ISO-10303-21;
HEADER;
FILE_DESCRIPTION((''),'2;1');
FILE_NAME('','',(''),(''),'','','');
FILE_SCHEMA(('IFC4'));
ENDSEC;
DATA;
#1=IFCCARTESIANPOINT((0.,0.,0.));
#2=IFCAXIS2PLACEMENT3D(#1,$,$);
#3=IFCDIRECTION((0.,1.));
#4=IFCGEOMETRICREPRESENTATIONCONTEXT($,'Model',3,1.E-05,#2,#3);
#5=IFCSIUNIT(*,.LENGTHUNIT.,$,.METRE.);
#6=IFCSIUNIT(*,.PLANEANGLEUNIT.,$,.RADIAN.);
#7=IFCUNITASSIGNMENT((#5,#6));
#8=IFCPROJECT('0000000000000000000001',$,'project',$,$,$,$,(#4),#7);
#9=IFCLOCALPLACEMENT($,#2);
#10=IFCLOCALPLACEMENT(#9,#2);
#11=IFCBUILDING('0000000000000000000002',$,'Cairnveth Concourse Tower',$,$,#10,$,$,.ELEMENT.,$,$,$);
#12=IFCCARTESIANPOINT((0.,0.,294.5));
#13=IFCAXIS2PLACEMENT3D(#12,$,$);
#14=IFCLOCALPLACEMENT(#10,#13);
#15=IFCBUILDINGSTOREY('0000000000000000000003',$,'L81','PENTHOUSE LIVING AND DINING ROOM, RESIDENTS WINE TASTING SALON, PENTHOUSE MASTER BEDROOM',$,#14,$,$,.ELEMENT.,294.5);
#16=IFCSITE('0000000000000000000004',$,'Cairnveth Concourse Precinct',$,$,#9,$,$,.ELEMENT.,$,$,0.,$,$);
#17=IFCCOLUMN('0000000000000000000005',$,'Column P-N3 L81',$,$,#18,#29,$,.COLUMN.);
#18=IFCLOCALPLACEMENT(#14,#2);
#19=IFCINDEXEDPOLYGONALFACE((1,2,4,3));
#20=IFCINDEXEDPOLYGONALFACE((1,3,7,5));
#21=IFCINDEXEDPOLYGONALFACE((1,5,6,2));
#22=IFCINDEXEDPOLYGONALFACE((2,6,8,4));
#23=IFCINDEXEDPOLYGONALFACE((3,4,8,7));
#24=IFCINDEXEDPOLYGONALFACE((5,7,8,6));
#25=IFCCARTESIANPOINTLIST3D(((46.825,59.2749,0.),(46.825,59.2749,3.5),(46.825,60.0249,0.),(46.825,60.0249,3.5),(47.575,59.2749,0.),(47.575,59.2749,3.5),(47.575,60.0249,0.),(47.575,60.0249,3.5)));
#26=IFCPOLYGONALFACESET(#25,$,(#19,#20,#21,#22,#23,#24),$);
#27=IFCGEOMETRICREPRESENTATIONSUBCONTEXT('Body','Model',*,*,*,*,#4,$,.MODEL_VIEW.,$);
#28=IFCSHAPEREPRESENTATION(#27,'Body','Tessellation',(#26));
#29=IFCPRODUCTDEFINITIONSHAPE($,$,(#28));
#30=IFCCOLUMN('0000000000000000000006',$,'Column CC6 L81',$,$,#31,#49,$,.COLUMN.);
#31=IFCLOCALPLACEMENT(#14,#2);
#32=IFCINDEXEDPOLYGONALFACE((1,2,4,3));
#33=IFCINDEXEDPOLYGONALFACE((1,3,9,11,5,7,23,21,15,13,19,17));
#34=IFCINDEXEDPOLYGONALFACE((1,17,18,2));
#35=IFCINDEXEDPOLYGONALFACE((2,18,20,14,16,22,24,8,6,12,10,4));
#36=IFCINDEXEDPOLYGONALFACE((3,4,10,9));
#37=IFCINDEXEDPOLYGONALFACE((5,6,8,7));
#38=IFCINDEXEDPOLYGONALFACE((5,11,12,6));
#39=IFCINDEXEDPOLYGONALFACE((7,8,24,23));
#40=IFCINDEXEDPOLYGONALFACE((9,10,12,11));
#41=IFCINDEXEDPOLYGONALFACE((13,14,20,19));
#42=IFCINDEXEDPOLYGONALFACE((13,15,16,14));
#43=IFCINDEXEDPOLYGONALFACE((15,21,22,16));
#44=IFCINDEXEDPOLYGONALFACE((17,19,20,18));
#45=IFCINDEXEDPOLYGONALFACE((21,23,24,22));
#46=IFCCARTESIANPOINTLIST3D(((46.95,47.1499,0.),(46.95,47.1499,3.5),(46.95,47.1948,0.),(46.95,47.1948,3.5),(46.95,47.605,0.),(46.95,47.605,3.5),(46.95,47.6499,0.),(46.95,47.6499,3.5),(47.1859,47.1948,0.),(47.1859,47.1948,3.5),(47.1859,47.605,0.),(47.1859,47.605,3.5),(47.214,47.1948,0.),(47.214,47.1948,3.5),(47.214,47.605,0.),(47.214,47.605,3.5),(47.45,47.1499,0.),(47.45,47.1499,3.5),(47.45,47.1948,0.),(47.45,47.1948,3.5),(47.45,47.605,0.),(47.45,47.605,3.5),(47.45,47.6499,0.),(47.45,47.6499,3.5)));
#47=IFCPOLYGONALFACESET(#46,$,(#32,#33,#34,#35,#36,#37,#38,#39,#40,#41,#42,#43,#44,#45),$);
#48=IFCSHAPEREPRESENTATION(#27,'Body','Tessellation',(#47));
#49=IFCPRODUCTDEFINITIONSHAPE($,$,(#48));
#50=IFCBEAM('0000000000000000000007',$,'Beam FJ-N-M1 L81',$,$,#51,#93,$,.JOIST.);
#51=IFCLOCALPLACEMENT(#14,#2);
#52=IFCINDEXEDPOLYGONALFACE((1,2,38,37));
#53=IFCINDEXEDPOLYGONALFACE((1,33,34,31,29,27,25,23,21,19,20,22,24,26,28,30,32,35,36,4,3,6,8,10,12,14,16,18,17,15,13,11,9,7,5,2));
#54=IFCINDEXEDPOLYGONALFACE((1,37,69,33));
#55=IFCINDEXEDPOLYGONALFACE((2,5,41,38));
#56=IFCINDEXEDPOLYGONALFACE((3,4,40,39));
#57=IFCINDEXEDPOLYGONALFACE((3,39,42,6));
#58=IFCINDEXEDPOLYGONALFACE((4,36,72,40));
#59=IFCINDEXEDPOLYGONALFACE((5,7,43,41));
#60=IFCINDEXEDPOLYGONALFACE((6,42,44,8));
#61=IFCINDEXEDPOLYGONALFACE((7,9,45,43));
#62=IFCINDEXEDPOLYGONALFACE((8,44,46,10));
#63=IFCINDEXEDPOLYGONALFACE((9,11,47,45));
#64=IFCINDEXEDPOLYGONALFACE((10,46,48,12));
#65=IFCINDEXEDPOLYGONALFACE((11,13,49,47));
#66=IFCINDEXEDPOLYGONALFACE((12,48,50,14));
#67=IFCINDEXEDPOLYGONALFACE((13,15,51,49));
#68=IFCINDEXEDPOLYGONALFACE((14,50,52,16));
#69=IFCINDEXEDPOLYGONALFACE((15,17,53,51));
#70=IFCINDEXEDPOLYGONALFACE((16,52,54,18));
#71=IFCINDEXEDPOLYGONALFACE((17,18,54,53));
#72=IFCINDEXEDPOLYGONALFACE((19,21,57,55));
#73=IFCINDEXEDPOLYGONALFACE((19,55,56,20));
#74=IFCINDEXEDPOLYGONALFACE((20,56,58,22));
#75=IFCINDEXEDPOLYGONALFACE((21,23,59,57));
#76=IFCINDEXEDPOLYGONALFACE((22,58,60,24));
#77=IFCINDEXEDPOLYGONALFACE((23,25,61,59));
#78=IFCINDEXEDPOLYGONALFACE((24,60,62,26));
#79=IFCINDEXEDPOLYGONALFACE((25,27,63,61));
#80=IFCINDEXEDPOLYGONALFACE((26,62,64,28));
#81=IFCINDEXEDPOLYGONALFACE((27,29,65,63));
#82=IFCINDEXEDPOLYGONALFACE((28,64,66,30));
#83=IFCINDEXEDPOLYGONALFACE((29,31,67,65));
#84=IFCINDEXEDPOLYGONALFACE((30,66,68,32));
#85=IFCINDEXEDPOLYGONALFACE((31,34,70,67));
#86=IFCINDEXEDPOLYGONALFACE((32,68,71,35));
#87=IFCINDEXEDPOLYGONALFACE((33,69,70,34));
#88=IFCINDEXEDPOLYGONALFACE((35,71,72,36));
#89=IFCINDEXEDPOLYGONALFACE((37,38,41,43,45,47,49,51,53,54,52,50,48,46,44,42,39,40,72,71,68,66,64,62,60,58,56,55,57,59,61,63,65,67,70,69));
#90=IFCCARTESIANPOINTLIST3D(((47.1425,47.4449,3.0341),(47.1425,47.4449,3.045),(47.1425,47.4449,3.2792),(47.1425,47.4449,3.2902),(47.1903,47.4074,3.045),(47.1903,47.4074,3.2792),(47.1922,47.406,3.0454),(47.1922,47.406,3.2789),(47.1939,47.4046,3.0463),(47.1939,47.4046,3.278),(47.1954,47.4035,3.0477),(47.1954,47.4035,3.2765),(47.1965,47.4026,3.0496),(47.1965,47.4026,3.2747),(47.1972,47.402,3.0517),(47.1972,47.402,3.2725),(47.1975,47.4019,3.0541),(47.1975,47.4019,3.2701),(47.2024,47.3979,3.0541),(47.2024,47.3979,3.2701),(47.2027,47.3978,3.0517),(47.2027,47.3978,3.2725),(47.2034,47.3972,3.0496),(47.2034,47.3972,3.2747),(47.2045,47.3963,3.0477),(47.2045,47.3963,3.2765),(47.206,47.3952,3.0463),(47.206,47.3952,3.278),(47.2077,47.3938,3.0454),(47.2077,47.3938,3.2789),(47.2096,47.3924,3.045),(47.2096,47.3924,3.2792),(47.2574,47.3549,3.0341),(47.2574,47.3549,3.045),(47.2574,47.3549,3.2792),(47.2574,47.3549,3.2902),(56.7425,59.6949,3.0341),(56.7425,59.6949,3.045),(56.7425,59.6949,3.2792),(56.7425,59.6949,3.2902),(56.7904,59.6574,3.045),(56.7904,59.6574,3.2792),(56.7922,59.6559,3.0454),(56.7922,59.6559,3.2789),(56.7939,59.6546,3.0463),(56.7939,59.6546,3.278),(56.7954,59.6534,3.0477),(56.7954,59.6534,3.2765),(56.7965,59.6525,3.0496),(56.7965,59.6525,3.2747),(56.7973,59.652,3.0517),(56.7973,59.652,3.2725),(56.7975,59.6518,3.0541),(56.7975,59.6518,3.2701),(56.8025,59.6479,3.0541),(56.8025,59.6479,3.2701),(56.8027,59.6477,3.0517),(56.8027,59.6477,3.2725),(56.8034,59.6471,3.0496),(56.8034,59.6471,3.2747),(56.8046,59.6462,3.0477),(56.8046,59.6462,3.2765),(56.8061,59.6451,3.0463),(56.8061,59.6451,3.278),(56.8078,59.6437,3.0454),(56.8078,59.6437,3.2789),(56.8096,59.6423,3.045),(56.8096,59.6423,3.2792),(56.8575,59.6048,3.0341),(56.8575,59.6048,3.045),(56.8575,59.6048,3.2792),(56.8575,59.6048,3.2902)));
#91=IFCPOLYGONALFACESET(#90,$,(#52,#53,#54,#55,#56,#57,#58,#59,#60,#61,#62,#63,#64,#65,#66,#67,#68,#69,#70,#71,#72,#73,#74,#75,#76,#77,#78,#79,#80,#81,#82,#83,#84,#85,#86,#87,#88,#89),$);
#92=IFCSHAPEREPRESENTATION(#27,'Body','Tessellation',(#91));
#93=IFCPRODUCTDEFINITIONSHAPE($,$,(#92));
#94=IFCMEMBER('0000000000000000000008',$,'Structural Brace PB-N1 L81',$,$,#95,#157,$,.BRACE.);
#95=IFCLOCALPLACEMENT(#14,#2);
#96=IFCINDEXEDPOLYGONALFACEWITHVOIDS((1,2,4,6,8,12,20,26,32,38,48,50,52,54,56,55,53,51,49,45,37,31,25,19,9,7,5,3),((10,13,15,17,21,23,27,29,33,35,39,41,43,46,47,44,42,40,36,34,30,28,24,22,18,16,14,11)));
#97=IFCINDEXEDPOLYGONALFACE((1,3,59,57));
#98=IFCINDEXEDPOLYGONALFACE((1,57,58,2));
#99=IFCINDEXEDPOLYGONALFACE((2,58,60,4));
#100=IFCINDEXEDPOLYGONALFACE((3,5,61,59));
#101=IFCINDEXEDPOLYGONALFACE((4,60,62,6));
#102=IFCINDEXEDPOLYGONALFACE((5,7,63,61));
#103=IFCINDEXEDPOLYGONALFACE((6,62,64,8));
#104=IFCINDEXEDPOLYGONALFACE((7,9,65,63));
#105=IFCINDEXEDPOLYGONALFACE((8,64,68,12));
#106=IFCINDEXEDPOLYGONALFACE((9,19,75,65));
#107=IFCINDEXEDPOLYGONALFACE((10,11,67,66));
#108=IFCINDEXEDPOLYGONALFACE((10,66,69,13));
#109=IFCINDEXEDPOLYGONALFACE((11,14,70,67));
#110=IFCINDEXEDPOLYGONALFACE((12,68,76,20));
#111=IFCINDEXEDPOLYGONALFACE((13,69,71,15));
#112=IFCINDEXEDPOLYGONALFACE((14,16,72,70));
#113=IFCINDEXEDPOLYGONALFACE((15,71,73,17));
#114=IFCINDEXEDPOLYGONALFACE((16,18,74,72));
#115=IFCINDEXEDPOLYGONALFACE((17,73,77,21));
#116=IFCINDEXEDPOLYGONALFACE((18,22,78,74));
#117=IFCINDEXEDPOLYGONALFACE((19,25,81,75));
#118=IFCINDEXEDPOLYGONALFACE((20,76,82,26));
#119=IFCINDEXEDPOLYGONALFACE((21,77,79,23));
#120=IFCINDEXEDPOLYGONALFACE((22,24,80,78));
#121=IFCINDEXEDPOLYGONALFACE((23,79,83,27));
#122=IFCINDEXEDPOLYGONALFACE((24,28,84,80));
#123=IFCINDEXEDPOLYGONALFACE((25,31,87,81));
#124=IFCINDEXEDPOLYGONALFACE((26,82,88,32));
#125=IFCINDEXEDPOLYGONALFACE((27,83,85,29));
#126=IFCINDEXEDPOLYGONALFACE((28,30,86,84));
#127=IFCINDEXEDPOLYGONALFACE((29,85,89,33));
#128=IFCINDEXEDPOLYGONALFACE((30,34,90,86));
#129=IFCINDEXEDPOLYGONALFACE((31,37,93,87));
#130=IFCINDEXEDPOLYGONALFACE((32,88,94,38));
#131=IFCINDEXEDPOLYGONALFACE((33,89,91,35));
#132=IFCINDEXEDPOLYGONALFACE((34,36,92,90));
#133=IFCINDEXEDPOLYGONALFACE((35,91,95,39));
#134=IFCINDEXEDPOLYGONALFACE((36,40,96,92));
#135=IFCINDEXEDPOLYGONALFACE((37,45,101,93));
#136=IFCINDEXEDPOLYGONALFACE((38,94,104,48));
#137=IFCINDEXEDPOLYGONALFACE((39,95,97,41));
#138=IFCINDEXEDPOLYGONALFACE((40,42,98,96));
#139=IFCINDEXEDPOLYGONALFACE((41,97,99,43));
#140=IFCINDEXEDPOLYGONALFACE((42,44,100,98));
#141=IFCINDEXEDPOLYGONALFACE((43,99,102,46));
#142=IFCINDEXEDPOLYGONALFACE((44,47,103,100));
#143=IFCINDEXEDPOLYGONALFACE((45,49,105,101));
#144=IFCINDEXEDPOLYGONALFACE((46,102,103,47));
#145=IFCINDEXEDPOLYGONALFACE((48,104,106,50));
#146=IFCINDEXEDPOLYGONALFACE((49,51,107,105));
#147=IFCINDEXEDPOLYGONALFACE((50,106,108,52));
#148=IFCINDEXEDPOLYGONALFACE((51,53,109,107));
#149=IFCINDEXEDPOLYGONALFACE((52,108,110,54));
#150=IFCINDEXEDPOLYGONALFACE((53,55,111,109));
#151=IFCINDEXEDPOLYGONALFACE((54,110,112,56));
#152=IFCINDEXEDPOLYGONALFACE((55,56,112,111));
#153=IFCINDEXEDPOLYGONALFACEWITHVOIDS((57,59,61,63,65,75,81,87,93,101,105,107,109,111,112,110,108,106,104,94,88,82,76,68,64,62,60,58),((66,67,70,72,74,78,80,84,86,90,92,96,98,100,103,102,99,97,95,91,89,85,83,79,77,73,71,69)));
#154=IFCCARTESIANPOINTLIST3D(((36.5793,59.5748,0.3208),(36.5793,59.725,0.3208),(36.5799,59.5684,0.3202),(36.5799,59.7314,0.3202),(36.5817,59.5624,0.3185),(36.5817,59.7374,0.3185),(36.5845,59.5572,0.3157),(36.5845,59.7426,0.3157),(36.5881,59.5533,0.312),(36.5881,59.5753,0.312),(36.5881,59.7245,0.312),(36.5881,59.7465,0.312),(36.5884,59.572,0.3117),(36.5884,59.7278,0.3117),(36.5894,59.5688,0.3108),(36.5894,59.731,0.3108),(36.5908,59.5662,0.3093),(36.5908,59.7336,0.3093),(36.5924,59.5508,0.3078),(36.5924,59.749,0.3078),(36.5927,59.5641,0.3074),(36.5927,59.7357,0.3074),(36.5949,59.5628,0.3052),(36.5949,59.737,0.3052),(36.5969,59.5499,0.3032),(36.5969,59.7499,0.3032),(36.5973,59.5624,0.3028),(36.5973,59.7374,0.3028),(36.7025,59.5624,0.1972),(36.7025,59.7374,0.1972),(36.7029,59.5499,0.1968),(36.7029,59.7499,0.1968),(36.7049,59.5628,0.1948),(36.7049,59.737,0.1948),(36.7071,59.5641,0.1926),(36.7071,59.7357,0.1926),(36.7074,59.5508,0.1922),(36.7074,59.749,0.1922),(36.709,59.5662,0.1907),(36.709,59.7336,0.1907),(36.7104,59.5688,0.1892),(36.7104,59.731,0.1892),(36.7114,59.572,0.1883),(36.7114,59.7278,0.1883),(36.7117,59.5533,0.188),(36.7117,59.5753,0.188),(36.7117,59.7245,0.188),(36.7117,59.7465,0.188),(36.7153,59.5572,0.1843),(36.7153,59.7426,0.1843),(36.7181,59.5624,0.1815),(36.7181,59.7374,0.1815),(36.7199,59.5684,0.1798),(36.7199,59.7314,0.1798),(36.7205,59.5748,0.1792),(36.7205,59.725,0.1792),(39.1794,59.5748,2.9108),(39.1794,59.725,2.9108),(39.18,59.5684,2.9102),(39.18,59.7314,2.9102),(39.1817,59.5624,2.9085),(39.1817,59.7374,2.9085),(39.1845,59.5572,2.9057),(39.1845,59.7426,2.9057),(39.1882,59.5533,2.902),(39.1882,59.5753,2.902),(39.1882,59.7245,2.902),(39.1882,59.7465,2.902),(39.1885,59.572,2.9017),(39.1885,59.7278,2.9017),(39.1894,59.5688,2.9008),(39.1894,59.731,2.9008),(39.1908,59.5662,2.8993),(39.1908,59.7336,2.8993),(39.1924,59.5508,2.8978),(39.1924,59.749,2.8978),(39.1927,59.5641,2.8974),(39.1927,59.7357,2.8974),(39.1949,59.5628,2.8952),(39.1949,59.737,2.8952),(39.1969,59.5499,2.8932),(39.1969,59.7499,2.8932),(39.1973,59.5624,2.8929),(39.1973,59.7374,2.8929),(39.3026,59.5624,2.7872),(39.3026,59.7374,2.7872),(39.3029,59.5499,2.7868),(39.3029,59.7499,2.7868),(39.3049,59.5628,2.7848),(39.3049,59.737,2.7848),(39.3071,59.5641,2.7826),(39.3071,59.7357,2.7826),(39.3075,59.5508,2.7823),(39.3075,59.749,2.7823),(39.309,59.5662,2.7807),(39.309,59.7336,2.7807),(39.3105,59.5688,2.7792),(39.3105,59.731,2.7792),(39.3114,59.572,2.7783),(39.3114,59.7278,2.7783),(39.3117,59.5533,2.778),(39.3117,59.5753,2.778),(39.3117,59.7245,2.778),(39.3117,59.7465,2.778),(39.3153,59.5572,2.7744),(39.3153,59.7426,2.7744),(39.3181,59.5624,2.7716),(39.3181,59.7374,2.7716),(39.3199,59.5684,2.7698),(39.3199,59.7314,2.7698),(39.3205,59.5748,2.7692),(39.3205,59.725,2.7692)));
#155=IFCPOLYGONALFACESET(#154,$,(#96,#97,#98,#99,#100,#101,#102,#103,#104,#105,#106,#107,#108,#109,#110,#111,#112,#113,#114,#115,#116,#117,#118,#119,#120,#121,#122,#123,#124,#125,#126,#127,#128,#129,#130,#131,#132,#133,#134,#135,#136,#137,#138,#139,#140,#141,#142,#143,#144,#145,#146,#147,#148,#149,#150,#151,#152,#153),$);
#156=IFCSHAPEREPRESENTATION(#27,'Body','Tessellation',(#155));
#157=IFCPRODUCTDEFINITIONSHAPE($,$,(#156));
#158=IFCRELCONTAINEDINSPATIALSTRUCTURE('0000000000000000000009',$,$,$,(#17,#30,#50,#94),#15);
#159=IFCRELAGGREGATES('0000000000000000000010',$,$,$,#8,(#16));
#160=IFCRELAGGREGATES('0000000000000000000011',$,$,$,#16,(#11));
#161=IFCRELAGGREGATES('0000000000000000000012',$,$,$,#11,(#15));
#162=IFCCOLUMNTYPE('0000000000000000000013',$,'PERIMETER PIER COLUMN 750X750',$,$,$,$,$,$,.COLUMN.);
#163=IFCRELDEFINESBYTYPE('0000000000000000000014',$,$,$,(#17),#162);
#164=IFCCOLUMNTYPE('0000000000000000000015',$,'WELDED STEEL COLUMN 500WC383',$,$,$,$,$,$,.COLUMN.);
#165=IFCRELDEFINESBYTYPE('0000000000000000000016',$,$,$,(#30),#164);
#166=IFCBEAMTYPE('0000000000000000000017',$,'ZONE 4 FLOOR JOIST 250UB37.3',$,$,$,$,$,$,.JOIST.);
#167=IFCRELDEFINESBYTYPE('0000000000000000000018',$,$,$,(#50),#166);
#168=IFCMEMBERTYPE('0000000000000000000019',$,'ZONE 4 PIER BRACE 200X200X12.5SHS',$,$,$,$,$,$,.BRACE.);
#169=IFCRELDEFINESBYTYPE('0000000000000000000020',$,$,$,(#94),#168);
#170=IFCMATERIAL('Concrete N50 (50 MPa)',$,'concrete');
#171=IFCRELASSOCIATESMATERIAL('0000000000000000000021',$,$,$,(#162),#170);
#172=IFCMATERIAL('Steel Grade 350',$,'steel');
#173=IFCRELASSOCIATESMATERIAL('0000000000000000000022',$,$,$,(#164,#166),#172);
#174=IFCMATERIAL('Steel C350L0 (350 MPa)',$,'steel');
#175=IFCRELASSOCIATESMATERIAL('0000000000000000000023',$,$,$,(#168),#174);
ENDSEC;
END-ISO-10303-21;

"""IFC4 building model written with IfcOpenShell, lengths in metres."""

from ifc_helpers import new_model, si_unit, direction, frame, origin, origin_2d, place, context, subcontext, project, spatial, rectangle, hollow_rectangle, i_section, extrude, material, material_profile, profile_set, type_object, element, save


model = new_model("IFC4")

# Units and contexts
model_context = context("Model", 3, precision=1e-05, world=origin(), true_north=direction((0.0, 1.0)))
body_context = subcontext(model_context, "Body", "Model", "MODEL_VIEW")
ifc_project = project(units=[si_unit("LENGTHUNIT", "METRE"), si_unit("PLANEANGLEUNIT", "RADIAN")], contexts=[model_context])

# Site, building, storey
site_placement = place(None, origin())
site = spatial("IfcSite", under=ifc_project, at=site_placement, Name="Cairnveth Concourse Precinct", CompositionType="ELEMENT", RefElevation=0.0)
building_placement = place(site_placement, origin())
building = spatial("IfcBuilding", under=site, at=building_placement, Name="Cairnveth Concourse Tower", CompositionType="ELEMENT")
storey_placement = place(building_placement, frame((0.0, 0.0, 294.5)))
storey = spatial("IfcBuildingStorey", under=building, at=storey_placement, Name="L81", Description="PENTHOUSE LIVING AND DINING ROOM, RESIDENTS WINE TASTING SALON, PENTHOUSE MASTER BEDROOM", CompositionType="ELEMENT", Elevation=294.5)

# Columns
ifc_material_1 = material(Name="Concrete N50 (50 MPa)", Category="concrete")
ifc_material_profile_1 = material_profile(ifc_material_1, rectangle(XDim=0.75, YDim=0.75, at=origin_2d()), Name="RC-COL-750x750")
ifc_profile_set_1 = profile_set([ifc_material_profile_1], Name="Concrete N50 (50 MPa)")
column_type_1 = type_object("IfcColumnType", Name="PERIMETER PIER COLUMN 750X750", PredefinedType="COLUMN", material=ifc_profile_set_1)
column_1_placement = place(storey_placement, frame((47.2, 59.6499, 0.0), z_axis=(0.0, 0.0, 1.0), x_axis=(1.0, 0.0, 0.0)))
element("IfcColumn", 1, at=column_1_placement, inside=storey, type_object=column_type_1, Name="Column P-N3 L81", PredefinedType="COLUMN", context=body_context, shape_type="SweptSolid", body=[
    extrude(rectangle(XDim=0.75, YDim=0.75, at=origin_2d()), origin(), (0.0, 0.0, 1.0), 3.5),
])
ifc_material_2 = material(Name="Steel Grade 350", Category="steel")
ifc_material_profile_2 = material_profile(ifc_material_2, i_section(OverallWidth=0.5, OverallDepth=0.5, WebThickness=0.0281, FlangeThickness=0.0449, at=origin_2d()), Name="500WC383")
ifc_profile_set_2 = profile_set([ifc_material_profile_2], Name="Steel Grade 350")
column_type_2 = type_object("IfcColumnType", Name="WELDED STEEL COLUMN 500WC383", PredefinedType="COLUMN", material=ifc_profile_set_2)
column_2_placement = place(storey_placement, frame((47.2, 47.3999, 0.0), z_axis=(0.0, 0.0, 1.0), x_axis=(1.0, 0.0, 0.0)))
element("IfcColumn", 2, at=column_2_placement, inside=storey, type_object=column_type_2, Name="Column CC6 L81", PredefinedType="COLUMN", context=body_context, shape_type="SweptSolid", body=[
    extrude(i_section(OverallWidth=0.5, OverallDepth=0.5, WebThickness=0.0281, FlangeThickness=0.0449, at=origin_2d()), origin(), (0.0, 0.0, 1.0), 3.5),
])

# Beam
ifc_material_profile_3 = material_profile(ifc_material_2, i_section(OverallWidth=0.146, OverallDepth=0.2561, WebThickness=0.0063, FlangeThickness=0.011, FilletRadius=0.009, at=origin_2d()), Name="250UB37.3")
ifc_profile_set_3 = profile_set([ifc_material_profile_3], Name="Steel Grade 350")
beam_type_1 = type_object("IfcBeamType", Name="ZONE 4 FLOOR JOIST 250UB37.3", PredefinedType="JOIST", material=ifc_profile_set_3)
beam_1_placement = place(storey_placement, frame((47.2, 47.3999, 3.1621), z_axis=(0.616832, 0.787095, 0.0), x_axis=(-0.787095, 0.616832, 0.0)))
element("IfcBeam", 3, at=beam_1_placement, inside=storey, type_object=beam_type_1, Name="Beam FJ-N-M1 L81", PredefinedType="JOIST", context=body_context, shape_type="SweptSolid", body=[
    extrude(i_section(OverallWidth=0.146, OverallDepth=0.2561, WebThickness=0.0063, FlangeThickness=0.011, FilletRadius=0.009, at=origin_2d()), origin(), (0.0, 0.0, 1.0), 15.5635),
])

# Member
ifc_material_3 = material(Name="Steel C350L0 (350 MPa)", Category="steel")
ifc_material_profile_4 = material_profile(ifc_material_3, hollow_rectangle(XDim=0.2, YDim=0.2, WallThickness=0.0125, InnerFilletRadius=0.0129, OuterFilletRadius=0.0249, at=origin_2d()), Name="200x200x12.5SHS")
ifc_profile_set_4 = profile_set([ifc_material_profile_4], Name="Steel C350L0 (350 MPa)")
member_type = type_object("IfcMemberType", Name="ZONE 4 PIER BRACE 200X200X12.5SHS", PredefinedType="BRACE", material=ifc_profile_set_4)
member_placement = place(storey_placement, frame((36.6499, 59.6499, 0.25), z_axis=(0.708469, 0.0, 0.705742), x_axis=(0.0, 1.0, 0.0)))
element("IfcMember", 4, at=member_placement, inside=storey, type_object=member_type, Name="Structural Brace PB-N1 L81", PredefinedType="BRACE", context=body_context, shape_type="SweptSolid", body=[
    extrude(hollow_rectangle(XDim=0.2, YDim=0.2, WallThickness=0.0125, InnerFilletRadius=0.0129, OuterFilletRadius=0.0249, at=origin_2d()), origin(), (0.0, 0.0, 1.0), 3.6699),
])

save(model, "model.ifc")
